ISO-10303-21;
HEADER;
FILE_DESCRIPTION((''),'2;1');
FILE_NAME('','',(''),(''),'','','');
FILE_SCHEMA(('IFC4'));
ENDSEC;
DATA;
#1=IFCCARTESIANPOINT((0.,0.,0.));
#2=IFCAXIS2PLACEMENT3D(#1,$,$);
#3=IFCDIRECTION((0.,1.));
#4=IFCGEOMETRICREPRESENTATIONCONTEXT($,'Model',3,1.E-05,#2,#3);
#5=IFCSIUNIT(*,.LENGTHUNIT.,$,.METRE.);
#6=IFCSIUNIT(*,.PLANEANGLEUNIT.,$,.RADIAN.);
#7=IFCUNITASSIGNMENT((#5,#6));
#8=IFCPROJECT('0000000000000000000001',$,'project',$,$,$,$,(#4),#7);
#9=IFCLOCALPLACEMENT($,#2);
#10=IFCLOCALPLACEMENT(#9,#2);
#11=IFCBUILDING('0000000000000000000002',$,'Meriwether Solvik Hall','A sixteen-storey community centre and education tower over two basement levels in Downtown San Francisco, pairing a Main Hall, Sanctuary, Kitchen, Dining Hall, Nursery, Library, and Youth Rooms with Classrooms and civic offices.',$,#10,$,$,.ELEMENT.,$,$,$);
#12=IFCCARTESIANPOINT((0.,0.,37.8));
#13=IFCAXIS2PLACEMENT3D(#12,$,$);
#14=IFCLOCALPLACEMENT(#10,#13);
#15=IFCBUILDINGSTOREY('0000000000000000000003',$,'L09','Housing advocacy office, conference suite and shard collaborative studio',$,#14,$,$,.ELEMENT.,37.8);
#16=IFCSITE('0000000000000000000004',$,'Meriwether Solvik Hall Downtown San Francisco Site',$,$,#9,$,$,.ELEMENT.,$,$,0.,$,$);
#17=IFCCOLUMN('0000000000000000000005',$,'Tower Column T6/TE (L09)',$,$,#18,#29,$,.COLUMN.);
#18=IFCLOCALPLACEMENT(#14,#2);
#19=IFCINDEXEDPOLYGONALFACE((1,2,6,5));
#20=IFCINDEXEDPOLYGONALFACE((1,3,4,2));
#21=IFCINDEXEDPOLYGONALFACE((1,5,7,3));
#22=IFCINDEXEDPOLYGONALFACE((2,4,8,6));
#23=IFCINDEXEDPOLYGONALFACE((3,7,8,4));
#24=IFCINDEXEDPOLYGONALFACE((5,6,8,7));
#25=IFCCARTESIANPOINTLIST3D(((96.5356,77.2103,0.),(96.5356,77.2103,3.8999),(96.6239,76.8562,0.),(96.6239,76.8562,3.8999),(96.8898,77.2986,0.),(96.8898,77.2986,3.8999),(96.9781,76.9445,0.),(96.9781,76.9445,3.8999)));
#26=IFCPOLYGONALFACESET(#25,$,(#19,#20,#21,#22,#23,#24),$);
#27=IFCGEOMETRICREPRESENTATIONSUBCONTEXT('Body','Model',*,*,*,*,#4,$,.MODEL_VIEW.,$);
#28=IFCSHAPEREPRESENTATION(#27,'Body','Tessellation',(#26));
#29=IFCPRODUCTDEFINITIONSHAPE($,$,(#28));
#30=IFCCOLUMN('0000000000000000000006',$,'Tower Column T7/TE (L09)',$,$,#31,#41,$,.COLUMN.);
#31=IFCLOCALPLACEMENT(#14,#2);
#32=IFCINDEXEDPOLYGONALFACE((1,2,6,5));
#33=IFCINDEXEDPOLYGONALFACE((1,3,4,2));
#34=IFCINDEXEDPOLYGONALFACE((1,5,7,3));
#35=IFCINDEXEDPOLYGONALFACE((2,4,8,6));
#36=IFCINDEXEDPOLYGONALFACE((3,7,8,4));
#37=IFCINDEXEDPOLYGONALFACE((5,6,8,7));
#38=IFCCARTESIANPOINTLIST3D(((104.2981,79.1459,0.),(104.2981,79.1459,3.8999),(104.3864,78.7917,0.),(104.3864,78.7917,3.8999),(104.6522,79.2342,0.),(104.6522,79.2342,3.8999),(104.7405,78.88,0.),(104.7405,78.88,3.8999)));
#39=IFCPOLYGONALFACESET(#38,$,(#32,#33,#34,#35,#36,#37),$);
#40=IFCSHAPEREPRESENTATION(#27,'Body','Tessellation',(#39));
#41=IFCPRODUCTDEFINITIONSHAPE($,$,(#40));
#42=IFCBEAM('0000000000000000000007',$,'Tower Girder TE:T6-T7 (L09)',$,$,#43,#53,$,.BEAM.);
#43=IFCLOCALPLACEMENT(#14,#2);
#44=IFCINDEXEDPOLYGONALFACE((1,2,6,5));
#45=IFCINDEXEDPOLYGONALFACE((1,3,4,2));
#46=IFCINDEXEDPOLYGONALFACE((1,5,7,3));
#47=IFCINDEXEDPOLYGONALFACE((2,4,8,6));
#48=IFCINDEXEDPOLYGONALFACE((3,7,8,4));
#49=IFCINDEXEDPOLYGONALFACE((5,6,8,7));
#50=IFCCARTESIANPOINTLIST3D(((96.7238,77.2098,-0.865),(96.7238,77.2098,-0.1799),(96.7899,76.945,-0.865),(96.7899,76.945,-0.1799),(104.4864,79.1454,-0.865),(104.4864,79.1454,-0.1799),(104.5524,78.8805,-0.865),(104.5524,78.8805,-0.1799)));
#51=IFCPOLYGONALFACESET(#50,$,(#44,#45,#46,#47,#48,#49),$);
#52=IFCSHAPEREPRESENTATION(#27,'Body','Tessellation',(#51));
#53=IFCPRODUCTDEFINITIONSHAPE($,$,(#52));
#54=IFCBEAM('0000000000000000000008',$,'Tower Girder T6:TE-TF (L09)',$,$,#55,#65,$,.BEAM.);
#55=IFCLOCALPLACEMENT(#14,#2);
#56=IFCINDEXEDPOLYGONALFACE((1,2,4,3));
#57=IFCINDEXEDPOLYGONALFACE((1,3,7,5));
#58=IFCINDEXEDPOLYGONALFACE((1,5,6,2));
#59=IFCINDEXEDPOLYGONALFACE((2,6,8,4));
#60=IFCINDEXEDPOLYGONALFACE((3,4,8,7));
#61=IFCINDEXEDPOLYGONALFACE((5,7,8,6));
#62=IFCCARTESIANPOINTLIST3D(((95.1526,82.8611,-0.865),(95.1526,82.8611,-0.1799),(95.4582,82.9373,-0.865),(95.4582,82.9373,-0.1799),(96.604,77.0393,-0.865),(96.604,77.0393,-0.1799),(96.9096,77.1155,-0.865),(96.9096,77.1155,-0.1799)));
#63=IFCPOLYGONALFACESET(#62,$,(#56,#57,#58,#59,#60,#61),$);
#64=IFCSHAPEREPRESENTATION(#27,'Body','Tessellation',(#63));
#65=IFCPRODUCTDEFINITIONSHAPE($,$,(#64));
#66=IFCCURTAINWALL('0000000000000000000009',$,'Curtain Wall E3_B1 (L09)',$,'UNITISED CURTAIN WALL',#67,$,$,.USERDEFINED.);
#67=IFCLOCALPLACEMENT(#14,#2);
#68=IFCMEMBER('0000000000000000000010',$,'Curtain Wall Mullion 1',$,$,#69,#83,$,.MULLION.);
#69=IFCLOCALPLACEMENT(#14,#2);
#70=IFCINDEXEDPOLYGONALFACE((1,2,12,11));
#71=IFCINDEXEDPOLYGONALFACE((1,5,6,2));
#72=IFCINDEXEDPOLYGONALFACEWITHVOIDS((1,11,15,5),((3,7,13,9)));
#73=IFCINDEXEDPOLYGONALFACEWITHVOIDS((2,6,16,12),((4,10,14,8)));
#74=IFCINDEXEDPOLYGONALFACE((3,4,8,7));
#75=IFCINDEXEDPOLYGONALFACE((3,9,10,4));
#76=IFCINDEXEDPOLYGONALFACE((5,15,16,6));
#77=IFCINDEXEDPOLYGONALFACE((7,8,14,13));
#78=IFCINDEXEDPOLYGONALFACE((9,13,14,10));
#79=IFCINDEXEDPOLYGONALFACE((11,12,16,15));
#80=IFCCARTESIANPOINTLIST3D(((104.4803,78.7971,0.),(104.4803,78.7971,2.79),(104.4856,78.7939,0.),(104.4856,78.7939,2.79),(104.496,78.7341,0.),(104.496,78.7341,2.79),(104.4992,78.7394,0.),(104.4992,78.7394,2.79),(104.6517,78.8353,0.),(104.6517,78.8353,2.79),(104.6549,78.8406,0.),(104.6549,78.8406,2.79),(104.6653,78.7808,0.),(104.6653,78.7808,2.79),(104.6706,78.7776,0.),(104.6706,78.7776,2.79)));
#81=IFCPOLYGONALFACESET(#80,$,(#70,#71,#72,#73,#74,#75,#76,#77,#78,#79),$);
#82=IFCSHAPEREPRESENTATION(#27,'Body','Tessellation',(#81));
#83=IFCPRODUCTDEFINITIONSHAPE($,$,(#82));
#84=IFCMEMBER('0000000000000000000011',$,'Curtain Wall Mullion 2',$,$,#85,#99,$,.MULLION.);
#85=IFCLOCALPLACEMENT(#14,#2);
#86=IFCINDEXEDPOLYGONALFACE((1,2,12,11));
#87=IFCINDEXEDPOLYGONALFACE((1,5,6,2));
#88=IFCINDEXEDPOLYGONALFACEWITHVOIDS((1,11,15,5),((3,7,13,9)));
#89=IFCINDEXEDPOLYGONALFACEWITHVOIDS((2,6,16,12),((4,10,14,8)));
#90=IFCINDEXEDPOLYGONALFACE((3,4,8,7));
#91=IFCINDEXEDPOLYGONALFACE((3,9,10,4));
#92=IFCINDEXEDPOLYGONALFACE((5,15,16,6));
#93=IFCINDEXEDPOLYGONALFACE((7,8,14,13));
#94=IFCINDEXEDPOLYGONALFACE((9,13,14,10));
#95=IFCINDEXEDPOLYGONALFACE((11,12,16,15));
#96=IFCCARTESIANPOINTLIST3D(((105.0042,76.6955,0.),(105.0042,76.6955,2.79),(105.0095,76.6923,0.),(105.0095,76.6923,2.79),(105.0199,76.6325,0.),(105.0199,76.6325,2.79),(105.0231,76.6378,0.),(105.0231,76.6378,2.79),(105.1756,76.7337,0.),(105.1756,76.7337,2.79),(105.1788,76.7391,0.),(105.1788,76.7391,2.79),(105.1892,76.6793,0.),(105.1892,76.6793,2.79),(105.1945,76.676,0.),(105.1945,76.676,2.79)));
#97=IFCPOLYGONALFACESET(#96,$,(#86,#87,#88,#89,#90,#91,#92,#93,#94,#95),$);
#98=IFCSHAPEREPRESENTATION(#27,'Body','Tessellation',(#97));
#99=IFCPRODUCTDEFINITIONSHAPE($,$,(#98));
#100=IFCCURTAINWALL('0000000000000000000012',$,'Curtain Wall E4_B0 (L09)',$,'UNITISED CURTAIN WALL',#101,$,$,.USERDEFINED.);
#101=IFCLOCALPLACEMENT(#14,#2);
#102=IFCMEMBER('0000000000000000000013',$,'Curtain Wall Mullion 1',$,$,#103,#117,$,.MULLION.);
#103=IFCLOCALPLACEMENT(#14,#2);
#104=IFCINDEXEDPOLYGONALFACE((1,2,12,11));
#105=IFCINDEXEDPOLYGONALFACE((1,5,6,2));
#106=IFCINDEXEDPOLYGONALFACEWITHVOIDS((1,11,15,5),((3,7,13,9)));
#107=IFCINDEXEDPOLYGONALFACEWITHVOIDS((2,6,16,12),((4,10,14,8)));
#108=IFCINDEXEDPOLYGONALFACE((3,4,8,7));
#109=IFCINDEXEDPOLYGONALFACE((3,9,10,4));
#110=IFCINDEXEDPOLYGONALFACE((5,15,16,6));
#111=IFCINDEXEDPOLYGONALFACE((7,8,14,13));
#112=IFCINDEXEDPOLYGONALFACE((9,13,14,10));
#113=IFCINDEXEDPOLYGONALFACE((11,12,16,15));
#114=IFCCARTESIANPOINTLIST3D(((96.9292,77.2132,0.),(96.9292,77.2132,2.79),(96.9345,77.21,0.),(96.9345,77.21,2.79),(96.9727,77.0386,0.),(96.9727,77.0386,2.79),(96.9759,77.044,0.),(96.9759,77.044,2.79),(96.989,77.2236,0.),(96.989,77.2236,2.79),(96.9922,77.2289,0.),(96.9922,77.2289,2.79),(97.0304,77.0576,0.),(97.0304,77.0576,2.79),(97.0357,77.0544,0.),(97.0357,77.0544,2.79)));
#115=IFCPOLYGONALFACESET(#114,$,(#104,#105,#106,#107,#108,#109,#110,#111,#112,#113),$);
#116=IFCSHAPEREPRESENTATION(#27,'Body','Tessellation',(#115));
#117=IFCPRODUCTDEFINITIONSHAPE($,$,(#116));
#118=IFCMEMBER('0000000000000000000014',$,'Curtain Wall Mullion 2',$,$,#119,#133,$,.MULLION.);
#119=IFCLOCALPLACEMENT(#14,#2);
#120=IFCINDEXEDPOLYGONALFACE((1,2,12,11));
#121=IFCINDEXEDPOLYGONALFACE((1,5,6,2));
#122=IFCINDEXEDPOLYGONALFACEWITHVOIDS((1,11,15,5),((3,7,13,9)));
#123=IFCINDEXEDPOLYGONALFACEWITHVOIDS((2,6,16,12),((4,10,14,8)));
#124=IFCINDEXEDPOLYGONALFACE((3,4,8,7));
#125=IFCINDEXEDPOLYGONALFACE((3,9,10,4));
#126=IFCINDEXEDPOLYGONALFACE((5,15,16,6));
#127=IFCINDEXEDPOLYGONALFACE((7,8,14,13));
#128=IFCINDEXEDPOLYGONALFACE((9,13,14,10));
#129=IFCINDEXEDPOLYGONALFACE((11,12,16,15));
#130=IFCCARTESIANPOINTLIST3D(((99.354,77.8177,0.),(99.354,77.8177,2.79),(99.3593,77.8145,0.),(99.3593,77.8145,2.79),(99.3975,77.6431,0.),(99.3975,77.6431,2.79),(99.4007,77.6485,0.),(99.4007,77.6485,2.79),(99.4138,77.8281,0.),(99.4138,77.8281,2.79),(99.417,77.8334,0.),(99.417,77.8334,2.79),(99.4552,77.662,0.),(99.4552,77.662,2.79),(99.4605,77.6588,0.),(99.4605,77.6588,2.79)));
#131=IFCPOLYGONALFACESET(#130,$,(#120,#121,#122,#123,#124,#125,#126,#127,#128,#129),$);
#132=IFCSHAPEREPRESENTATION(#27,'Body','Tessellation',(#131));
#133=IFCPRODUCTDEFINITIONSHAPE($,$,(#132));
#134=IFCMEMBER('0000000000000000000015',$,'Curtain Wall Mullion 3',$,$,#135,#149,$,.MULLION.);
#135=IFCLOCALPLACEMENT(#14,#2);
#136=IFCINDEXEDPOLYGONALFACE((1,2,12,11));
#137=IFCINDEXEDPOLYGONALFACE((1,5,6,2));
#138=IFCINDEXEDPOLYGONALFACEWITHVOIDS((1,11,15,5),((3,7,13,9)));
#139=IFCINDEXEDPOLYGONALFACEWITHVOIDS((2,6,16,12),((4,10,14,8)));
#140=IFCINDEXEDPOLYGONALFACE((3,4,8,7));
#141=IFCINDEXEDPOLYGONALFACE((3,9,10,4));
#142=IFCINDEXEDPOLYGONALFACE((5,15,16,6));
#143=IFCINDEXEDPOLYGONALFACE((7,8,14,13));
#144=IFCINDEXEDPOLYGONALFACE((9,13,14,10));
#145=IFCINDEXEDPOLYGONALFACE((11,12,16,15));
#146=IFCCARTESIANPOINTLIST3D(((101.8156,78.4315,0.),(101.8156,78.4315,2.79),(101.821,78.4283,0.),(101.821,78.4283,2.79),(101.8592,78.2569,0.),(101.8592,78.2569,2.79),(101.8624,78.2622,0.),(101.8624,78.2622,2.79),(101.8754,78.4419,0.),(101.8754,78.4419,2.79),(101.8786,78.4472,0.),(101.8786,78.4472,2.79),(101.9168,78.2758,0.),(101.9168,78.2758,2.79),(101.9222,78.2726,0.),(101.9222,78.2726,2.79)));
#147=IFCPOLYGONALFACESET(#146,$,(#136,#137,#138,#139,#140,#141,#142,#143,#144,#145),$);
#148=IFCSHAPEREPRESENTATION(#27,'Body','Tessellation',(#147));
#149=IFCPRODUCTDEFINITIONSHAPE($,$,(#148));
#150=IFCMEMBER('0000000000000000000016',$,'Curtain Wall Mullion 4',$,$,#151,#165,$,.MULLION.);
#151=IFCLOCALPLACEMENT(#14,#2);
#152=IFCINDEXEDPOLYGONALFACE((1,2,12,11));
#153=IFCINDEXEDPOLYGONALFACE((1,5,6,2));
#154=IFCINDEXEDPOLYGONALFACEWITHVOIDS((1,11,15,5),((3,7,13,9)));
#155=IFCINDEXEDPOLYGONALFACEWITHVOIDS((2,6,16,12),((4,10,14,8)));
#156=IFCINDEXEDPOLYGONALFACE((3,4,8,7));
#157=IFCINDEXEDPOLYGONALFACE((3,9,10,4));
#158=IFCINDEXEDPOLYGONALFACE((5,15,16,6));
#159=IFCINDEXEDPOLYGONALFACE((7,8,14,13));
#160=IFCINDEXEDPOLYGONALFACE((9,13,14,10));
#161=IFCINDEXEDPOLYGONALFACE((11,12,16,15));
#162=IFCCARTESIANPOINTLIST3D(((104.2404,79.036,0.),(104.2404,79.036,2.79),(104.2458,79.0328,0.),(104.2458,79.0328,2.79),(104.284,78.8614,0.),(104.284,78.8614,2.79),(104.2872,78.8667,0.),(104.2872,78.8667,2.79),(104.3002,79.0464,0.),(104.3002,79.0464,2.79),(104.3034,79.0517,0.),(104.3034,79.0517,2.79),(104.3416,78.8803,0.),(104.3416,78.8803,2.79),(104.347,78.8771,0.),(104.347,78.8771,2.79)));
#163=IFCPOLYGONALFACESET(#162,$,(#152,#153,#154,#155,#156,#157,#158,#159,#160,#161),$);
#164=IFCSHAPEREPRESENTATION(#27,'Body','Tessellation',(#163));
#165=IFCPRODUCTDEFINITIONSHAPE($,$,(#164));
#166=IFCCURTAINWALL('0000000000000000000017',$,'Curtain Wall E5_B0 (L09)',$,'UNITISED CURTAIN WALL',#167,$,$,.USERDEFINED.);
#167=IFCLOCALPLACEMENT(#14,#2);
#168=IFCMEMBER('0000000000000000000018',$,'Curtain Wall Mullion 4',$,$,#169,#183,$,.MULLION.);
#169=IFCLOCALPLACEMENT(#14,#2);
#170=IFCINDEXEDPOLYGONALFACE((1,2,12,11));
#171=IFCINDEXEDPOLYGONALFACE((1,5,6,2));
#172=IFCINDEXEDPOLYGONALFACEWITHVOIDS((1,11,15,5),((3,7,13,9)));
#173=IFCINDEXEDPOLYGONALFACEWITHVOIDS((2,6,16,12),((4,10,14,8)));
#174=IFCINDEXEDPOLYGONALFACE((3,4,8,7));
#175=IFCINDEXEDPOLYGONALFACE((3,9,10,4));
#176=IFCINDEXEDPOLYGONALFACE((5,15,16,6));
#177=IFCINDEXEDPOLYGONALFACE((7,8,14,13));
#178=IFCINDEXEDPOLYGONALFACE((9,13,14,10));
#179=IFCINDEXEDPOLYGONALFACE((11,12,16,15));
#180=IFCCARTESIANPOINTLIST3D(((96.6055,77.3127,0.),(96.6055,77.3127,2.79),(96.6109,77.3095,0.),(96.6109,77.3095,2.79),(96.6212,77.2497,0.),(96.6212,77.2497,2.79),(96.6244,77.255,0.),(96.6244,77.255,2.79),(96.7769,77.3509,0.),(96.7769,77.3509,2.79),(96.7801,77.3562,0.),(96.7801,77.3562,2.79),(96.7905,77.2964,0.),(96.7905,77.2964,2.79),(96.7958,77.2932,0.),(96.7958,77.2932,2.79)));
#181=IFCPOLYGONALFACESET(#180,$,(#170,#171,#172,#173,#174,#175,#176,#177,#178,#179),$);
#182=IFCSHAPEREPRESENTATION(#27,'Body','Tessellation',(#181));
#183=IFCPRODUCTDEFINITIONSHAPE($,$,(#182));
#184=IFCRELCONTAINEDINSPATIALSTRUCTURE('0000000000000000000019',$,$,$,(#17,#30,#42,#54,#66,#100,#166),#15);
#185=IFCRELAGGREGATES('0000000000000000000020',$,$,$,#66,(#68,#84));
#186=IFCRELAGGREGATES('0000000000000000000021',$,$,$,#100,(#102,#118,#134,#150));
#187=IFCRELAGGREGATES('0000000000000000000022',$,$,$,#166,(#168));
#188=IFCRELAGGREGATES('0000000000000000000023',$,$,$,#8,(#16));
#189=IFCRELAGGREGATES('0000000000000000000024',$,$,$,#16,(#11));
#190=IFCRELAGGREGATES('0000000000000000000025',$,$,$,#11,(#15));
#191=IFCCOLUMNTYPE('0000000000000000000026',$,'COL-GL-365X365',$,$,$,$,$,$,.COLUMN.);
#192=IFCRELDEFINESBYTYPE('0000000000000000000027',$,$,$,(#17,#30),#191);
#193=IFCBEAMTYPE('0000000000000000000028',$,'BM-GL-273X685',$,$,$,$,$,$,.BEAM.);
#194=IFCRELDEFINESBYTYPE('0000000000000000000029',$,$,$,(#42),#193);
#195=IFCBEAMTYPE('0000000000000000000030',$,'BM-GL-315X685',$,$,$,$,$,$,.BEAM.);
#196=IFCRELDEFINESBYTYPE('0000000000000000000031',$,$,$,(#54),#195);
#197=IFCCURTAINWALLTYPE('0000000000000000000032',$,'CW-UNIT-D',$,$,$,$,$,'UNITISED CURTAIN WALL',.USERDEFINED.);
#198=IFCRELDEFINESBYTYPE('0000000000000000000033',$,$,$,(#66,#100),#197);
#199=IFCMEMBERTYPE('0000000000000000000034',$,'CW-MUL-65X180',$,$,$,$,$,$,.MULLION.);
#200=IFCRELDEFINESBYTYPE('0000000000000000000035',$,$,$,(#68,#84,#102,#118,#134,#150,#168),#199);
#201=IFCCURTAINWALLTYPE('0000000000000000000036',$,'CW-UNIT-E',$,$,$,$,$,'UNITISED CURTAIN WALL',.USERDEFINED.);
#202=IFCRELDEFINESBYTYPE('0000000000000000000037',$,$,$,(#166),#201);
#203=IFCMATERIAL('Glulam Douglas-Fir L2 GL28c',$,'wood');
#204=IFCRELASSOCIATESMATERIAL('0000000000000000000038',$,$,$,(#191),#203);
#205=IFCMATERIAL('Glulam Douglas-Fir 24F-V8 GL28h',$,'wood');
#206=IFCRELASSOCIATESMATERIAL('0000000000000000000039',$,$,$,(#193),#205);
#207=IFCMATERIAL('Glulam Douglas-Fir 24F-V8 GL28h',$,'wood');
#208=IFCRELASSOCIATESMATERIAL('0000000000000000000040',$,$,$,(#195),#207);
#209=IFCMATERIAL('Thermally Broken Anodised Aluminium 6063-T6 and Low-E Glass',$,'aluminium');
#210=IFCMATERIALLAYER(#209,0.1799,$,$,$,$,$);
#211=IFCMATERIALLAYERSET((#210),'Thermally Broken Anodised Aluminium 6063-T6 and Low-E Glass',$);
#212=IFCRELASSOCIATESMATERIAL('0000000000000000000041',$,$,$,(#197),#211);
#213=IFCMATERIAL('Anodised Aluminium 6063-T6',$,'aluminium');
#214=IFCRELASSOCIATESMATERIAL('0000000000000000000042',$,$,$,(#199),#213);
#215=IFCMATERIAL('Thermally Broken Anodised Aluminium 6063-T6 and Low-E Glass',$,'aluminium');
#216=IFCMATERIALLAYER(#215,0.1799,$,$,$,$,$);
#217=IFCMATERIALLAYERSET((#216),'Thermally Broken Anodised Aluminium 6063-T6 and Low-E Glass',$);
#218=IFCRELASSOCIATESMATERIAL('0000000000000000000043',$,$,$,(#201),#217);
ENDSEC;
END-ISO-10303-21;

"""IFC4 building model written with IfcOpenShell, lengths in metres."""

from ifc_helpers import new_model, si_unit, direction, frame, origin, origin_2d, place, context, subcontext, project, spatial, rectangle, hollow_rectangle, extrude, material, layer, layer_set, material_profile, profile_set, type_object, element, aggregate, save


model = new_model("IFC4")

# Units and contexts
model_context = context("Model", 3, precision=1e-05, world=origin(), true_north=direction((0.0, 1.0)))
body_context = subcontext(model_context, "Body", "Model", "MODEL_VIEW")
ifc_project = project(units=[si_unit("LENGTHUNIT", "METRE"), si_unit("PLANEANGLEUNIT", "RADIAN")], contexts=[model_context])

# Site, building, storey
site_placement = place(None, origin())
site = spatial("IfcSite", under=ifc_project, at=site_placement, Name="Meriwether Solvik Hall Downtown San Francisco Site", CompositionType="ELEMENT", RefElevation=0.0)
building_placement = place(site_placement, origin())
building = spatial("IfcBuilding", under=site, at=building_placement, Name="Meriwether Solvik Hall", Description="A sixteen-storey community centre and education tower over two basement levels in Downtown San Francisco, pairing a Main Hall, Sanctuary, Kitchen, Dining Hall, Nursery, Library, and Youth Rooms with Classrooms and civic offices.", CompositionType="ELEMENT")
storey_placement = place(building_placement, frame((0.0, 0.0, 37.8)))
storey = spatial("IfcBuildingStorey", under=building, at=storey_placement, Name="L09", Description="Housing advocacy office, conference suite and shard collaborative studio", CompositionType="ELEMENT", Elevation=37.8)

# Columns
ifc_material_1 = material(Name="Glulam Douglas-Fir L2 GL28c", Category="wood")
ifc_material_profile_1 = material_profile(ifc_material_1, rectangle(XDim=0.365, YDim=0.365, at=origin_2d()), Name="GLC-365X365")
ifc_profile_set_1 = profile_set([ifc_material_profile_1], Name="Glulam Douglas-Fir L2 GL28c")
column_type = type_object("IfcColumnType", Name="COL-GL-365X365", PredefinedType="COLUMN", material=ifc_profile_set_1)
for number, where, z_axis, x_axis, name in (
    (1, (96.7568, 77.0774, 0.0), (0.0, 0.0, 1.0), (0.970296, 0.241922, 0.0), "Tower Column T6/TE (L09)"),
    (2, (104.5193, 79.0129, 0.0), (0.0, 0.0, 1.0), (0.970296, 0.241922, 0.0), "Tower Column T7/TE (L09)"),
):
    element("IfcColumn", number, at=place(storey_placement, frame(where, z_axis=z_axis, x_axis=x_axis)), inside=storey, type_object=column_type, Name=name, PredefinedType="COLUMN", context=body_context, shape_type="SweptSolid", body=[
        extrude(rectangle(XDim=0.365, YDim=0.365, at=origin_2d()), origin(), (0.0, 0.0, 1.0), 3.8999),
    ])

# Beams
ifc_material_2 = material(Name="Glulam Douglas-Fir 24F-V8 GL28h", Category="wood")
ifc_material_profile_2 = material_profile(ifc_material_2, rectangle(XDim=0.2729, YDim=0.6851, at=origin_2d()), Name="GLB-273X685")
ifc_profile_set_2 = profile_set([ifc_material_profile_2], Name="Glulam Douglas-Fir 24F-V8 GL28h")
beam_type_1 = type_object("IfcBeamType", Name="BM-GL-273X685", PredefinedType="BEAM", material=ifc_profile_set_2)
beam_1_placement = place(storey_placement, frame((96.7568, 77.0774, -0.5225), z_axis=(0.970291, 0.24194, 0.0), x_axis=(-0.24194, 0.970291, 0.0)))
element("IfcBeam", 3, at=beam_1_placement, inside=storey, type_object=beam_type_1, Name="Tower Girder TE:T6-T7 (L09)", PredefinedType="BEAM", context=body_context, shape_type="SweptSolid", body=[
    extrude(rectangle(XDim=0.2729, YDim=0.6851, at=origin_2d()), origin(), (0.0, 0.0, 1.0), 8.0002),
])
ifc_material_3 = material(Name="Glulam Douglas-Fir 24F-V8 GL28h", Category="wood")
ifc_material_profile_3 = material_profile(ifc_material_3, rectangle(XDim=0.3149, YDim=0.6851, at=origin_2d()), Name="GLB-315X685")
ifc_profile_set_3 = profile_set([ifc_material_profile_3], Name="Glulam Douglas-Fir 24F-V8 GL28h")
beam_type_2 = type_object("IfcBeamType", Name="BM-GL-315X685", PredefinedType="BEAM", material=ifc_profile_set_3)
beam_2_placement = place(storey_placement, frame((96.7568, 77.0774, -0.5225), z_axis=(-0.241904, 0.9703, 0.0), x_axis=(-0.9703, -0.241904, 0.0)))
element("IfcBeam", 4, at=beam_2_placement, inside=storey, type_object=beam_type_2, Name="Tower Girder T6:TE-TF (L09)", PredefinedType="BEAM", context=body_context, shape_type="SweptSolid", body=[
    extrude(rectangle(XDim=0.3149, YDim=0.6851, at=origin_2d()), origin(), (0.0, 0.0, 1.0), 6.0),
])

# Curtain walls, members
ifc_material_4 = material(Name="Thermally Broken Anodised Aluminium 6063-T6 and Low-E Glass", Category="aluminium")
ifc_layer_1 = layer(ifc_material_4, 0.1799)
ifc_layer_set_1 = layer_set([ifc_layer_1], Name="Thermally Broken Anodised Aluminium 6063-T6 and Low-E Glass")
curtain_wall_type_1 = type_object("IfcCurtainWallType", Name="CW-UNIT-D", ElementType="UNITISED CURTAIN WALL", PredefinedType="USERDEFINED", material=ifc_layer_set_1)
curtain_wall_1_placement = place(storey_placement, origin())
curtain_wall_1 = element("IfcCurtainWall", 5, at=curtain_wall_1_placement, inside=storey, type_object=curtain_wall_type_1, Name="Curtain Wall E3_B1 (L09)", ObjectType="UNITISED CURTAIN WALL", PredefinedType="USERDEFINED")
ifc_material_5 = material(Name="Anodised Aluminium 6063-T6", Category="aluminium")
ifc_material_profile_4 = material_profile(ifc_material_5, hollow_rectangle(XDim=0.0649, YDim=0.1799, WallThickness=0.0044, at=origin_2d()), Name="CWM-65X180")
ifc_profile_set_4 = profile_set([ifc_material_profile_4], Name="Anodised Aluminium 6063-T6")
member_type_1 = type_object("IfcMemberType", Name="CW-MUL-65X180", PredefinedType="MULLION", material=ifc_profile_set_4)
member_1_placement = place(storey_placement, frame((104.5754, 78.7874, 0.0), z_axis=(0.0, 0.0, 1.0), x_axis=(0.241922, -0.970296, 0.0)))
member_1 = element("IfcMember", 6, at=member_1_placement, type_object=member_type_1, Name="Curtain Wall Mullion 1", PredefinedType="MULLION", context=body_context, shape_type="SweptSolid", body=[
    extrude(hollow_rectangle(XDim=0.0649, YDim=0.1799, WallThickness=0.0044, at=origin_2d()), origin(), (0.0, 0.0, 1.0), 2.79),
])
member_2_placement = place(storey_placement, frame((105.0994, 76.6858, 0.0), z_axis=(0.0, 0.0, 1.0), x_axis=(0.241922, -0.970296, 0.0)))
member_2 = element("IfcMember", 7, at=member_2_placement, type_object=member_type_1, Name="Curtain Wall Mullion 2", PredefinedType="MULLION", context=body_context, shape_type="SweptSolid", body=[
    extrude(hollow_rectangle(XDim=0.0649, YDim=0.1799, WallThickness=0.0044, at=origin_2d()), origin(), (0.0, 0.0, 1.0), 2.79),
])
curtain_wall_2_placement = place(storey_placement, origin())
curtain_wall_2 = element("IfcCurtainWall", 8, at=curtain_wall_2_placement, inside=storey, type_object=curtain_wall_type_1, Name="Curtain Wall E4_B0 (L09)", ObjectType="UNITISED CURTAIN WALL", PredefinedType="USERDEFINED")
member_3_placement = place(storey_placement, frame((96.9824, 77.1338, 0.0), z_axis=(0.0, 0.0, 1.0), x_axis=(0.970296, 0.241922, 0.0)))
member_3 = element("IfcMember", 9, at=member_3_placement, type_object=member_type_1, Name="Curtain Wall Mullion 1", PredefinedType="MULLION", context=body_context, shape_type="SweptSolid", body=[
    extrude(hollow_rectangle(XDim=0.0649, YDim=0.1799, WallThickness=0.0044, at=origin_2d()), origin(), (0.0, 0.0, 1.0), 2.79),
])
member_4_placement = place(storey_placement, frame((99.4072, 77.7383, 0.0), z_axis=(0.0, 0.0, 1.0), x_axis=(0.970296, 0.241922, 0.0)))
member_4 = element("IfcMember", 10, at=member_4_placement, type_object=member_type_1, Name="Curtain Wall Mullion 2", PredefinedType="MULLION", context=body_context, shape_type="SweptSolid", body=[
    extrude(hollow_rectangle(XDim=0.0649, YDim=0.1799, WallThickness=0.0044, at=origin_2d()), origin(), (0.0, 0.0, 1.0), 2.79),
])
member_5_placement = place(storey_placement, frame((101.8689, 78.3521, 0.0), z_axis=(0.0, 0.0, 1.0), x_axis=(0.970296, 0.241922, 0.0)))
member_5 = element("IfcMember", 11, at=member_5_placement, type_object=member_type_1, Name="Curtain Wall Mullion 3", PredefinedType="MULLION", context=body_context, shape_type="SweptSolid", body=[
    extrude(hollow_rectangle(XDim=0.0649, YDim=0.1799, WallThickness=0.0044, at=origin_2d()), origin(), (0.0, 0.0, 1.0), 2.79),
])
member_6_placement = place(storey_placement, frame((104.2937, 78.9565, 0.0), z_axis=(0.0, 0.0, 1.0), x_axis=(0.970296, 0.241922, 0.0)))
member_6 = element("IfcMember", 12, at=member_6_placement, type_object=member_type_1, Name="Curtain Wall Mullion 4", PredefinedType="MULLION", context=body_context, shape_type="SweptSolid", body=[
    extrude(hollow_rectangle(XDim=0.0649, YDim=0.1799, WallThickness=0.0044, at=origin_2d()), origin(), (0.0, 0.0, 1.0), 2.79),
])

# Curtain wall, member
ifc_material_6 = material(Name="Thermally Broken Anodised Aluminium 6063-T6 and Low-E Glass", Category="aluminium")
ifc_layer_2 = layer(ifc_material_6, 0.1799)
ifc_layer_set_2 = layer_set([ifc_layer_2], Name="Thermally Broken Anodised Aluminium 6063-T6 and Low-E Glass")
curtain_wall_type_2 = type_object("IfcCurtainWallType", Name="CW-UNIT-E", ElementType="UNITISED CURTAIN WALL", PredefinedType="USERDEFINED", material=ifc_layer_set_2)
curtain_wall_3_placement = place(storey_placement, origin())
curtain_wall_3 = element("IfcCurtainWall", 13, at=curtain_wall_3_placement, inside=storey, type_object=curtain_wall_type_2, Name="Curtain Wall E5_B0 (L09)", ObjectType="UNITISED CURTAIN WALL", PredefinedType="USERDEFINED")
member_7_placement = place(storey_placement, frame((96.7007, 77.303, 0.0), z_axis=(0.0, 0.0, 1.0), x_axis=(0.241922, -0.970296, 0.0)))
member_7 = element("IfcMember", 14, at=member_7_placement, type_object=member_type_1, Name="Curtain Wall Mullion 4", PredefinedType="MULLION", context=body_context, shape_type="SweptSolid", body=[
    extrude(hollow_rectangle(XDim=0.0649, YDim=0.1799, WallThickness=0.0044, at=origin_2d()), origin(), (0.0, 0.0, 1.0), 2.79),
])

aggregate(curtain_wall_1, [member_1, member_2])
aggregate(curtain_wall_2, [member_3, member_4, member_5, member_6])
aggregate(curtain_wall_3, [member_7])

save(model, "model.ifc")
